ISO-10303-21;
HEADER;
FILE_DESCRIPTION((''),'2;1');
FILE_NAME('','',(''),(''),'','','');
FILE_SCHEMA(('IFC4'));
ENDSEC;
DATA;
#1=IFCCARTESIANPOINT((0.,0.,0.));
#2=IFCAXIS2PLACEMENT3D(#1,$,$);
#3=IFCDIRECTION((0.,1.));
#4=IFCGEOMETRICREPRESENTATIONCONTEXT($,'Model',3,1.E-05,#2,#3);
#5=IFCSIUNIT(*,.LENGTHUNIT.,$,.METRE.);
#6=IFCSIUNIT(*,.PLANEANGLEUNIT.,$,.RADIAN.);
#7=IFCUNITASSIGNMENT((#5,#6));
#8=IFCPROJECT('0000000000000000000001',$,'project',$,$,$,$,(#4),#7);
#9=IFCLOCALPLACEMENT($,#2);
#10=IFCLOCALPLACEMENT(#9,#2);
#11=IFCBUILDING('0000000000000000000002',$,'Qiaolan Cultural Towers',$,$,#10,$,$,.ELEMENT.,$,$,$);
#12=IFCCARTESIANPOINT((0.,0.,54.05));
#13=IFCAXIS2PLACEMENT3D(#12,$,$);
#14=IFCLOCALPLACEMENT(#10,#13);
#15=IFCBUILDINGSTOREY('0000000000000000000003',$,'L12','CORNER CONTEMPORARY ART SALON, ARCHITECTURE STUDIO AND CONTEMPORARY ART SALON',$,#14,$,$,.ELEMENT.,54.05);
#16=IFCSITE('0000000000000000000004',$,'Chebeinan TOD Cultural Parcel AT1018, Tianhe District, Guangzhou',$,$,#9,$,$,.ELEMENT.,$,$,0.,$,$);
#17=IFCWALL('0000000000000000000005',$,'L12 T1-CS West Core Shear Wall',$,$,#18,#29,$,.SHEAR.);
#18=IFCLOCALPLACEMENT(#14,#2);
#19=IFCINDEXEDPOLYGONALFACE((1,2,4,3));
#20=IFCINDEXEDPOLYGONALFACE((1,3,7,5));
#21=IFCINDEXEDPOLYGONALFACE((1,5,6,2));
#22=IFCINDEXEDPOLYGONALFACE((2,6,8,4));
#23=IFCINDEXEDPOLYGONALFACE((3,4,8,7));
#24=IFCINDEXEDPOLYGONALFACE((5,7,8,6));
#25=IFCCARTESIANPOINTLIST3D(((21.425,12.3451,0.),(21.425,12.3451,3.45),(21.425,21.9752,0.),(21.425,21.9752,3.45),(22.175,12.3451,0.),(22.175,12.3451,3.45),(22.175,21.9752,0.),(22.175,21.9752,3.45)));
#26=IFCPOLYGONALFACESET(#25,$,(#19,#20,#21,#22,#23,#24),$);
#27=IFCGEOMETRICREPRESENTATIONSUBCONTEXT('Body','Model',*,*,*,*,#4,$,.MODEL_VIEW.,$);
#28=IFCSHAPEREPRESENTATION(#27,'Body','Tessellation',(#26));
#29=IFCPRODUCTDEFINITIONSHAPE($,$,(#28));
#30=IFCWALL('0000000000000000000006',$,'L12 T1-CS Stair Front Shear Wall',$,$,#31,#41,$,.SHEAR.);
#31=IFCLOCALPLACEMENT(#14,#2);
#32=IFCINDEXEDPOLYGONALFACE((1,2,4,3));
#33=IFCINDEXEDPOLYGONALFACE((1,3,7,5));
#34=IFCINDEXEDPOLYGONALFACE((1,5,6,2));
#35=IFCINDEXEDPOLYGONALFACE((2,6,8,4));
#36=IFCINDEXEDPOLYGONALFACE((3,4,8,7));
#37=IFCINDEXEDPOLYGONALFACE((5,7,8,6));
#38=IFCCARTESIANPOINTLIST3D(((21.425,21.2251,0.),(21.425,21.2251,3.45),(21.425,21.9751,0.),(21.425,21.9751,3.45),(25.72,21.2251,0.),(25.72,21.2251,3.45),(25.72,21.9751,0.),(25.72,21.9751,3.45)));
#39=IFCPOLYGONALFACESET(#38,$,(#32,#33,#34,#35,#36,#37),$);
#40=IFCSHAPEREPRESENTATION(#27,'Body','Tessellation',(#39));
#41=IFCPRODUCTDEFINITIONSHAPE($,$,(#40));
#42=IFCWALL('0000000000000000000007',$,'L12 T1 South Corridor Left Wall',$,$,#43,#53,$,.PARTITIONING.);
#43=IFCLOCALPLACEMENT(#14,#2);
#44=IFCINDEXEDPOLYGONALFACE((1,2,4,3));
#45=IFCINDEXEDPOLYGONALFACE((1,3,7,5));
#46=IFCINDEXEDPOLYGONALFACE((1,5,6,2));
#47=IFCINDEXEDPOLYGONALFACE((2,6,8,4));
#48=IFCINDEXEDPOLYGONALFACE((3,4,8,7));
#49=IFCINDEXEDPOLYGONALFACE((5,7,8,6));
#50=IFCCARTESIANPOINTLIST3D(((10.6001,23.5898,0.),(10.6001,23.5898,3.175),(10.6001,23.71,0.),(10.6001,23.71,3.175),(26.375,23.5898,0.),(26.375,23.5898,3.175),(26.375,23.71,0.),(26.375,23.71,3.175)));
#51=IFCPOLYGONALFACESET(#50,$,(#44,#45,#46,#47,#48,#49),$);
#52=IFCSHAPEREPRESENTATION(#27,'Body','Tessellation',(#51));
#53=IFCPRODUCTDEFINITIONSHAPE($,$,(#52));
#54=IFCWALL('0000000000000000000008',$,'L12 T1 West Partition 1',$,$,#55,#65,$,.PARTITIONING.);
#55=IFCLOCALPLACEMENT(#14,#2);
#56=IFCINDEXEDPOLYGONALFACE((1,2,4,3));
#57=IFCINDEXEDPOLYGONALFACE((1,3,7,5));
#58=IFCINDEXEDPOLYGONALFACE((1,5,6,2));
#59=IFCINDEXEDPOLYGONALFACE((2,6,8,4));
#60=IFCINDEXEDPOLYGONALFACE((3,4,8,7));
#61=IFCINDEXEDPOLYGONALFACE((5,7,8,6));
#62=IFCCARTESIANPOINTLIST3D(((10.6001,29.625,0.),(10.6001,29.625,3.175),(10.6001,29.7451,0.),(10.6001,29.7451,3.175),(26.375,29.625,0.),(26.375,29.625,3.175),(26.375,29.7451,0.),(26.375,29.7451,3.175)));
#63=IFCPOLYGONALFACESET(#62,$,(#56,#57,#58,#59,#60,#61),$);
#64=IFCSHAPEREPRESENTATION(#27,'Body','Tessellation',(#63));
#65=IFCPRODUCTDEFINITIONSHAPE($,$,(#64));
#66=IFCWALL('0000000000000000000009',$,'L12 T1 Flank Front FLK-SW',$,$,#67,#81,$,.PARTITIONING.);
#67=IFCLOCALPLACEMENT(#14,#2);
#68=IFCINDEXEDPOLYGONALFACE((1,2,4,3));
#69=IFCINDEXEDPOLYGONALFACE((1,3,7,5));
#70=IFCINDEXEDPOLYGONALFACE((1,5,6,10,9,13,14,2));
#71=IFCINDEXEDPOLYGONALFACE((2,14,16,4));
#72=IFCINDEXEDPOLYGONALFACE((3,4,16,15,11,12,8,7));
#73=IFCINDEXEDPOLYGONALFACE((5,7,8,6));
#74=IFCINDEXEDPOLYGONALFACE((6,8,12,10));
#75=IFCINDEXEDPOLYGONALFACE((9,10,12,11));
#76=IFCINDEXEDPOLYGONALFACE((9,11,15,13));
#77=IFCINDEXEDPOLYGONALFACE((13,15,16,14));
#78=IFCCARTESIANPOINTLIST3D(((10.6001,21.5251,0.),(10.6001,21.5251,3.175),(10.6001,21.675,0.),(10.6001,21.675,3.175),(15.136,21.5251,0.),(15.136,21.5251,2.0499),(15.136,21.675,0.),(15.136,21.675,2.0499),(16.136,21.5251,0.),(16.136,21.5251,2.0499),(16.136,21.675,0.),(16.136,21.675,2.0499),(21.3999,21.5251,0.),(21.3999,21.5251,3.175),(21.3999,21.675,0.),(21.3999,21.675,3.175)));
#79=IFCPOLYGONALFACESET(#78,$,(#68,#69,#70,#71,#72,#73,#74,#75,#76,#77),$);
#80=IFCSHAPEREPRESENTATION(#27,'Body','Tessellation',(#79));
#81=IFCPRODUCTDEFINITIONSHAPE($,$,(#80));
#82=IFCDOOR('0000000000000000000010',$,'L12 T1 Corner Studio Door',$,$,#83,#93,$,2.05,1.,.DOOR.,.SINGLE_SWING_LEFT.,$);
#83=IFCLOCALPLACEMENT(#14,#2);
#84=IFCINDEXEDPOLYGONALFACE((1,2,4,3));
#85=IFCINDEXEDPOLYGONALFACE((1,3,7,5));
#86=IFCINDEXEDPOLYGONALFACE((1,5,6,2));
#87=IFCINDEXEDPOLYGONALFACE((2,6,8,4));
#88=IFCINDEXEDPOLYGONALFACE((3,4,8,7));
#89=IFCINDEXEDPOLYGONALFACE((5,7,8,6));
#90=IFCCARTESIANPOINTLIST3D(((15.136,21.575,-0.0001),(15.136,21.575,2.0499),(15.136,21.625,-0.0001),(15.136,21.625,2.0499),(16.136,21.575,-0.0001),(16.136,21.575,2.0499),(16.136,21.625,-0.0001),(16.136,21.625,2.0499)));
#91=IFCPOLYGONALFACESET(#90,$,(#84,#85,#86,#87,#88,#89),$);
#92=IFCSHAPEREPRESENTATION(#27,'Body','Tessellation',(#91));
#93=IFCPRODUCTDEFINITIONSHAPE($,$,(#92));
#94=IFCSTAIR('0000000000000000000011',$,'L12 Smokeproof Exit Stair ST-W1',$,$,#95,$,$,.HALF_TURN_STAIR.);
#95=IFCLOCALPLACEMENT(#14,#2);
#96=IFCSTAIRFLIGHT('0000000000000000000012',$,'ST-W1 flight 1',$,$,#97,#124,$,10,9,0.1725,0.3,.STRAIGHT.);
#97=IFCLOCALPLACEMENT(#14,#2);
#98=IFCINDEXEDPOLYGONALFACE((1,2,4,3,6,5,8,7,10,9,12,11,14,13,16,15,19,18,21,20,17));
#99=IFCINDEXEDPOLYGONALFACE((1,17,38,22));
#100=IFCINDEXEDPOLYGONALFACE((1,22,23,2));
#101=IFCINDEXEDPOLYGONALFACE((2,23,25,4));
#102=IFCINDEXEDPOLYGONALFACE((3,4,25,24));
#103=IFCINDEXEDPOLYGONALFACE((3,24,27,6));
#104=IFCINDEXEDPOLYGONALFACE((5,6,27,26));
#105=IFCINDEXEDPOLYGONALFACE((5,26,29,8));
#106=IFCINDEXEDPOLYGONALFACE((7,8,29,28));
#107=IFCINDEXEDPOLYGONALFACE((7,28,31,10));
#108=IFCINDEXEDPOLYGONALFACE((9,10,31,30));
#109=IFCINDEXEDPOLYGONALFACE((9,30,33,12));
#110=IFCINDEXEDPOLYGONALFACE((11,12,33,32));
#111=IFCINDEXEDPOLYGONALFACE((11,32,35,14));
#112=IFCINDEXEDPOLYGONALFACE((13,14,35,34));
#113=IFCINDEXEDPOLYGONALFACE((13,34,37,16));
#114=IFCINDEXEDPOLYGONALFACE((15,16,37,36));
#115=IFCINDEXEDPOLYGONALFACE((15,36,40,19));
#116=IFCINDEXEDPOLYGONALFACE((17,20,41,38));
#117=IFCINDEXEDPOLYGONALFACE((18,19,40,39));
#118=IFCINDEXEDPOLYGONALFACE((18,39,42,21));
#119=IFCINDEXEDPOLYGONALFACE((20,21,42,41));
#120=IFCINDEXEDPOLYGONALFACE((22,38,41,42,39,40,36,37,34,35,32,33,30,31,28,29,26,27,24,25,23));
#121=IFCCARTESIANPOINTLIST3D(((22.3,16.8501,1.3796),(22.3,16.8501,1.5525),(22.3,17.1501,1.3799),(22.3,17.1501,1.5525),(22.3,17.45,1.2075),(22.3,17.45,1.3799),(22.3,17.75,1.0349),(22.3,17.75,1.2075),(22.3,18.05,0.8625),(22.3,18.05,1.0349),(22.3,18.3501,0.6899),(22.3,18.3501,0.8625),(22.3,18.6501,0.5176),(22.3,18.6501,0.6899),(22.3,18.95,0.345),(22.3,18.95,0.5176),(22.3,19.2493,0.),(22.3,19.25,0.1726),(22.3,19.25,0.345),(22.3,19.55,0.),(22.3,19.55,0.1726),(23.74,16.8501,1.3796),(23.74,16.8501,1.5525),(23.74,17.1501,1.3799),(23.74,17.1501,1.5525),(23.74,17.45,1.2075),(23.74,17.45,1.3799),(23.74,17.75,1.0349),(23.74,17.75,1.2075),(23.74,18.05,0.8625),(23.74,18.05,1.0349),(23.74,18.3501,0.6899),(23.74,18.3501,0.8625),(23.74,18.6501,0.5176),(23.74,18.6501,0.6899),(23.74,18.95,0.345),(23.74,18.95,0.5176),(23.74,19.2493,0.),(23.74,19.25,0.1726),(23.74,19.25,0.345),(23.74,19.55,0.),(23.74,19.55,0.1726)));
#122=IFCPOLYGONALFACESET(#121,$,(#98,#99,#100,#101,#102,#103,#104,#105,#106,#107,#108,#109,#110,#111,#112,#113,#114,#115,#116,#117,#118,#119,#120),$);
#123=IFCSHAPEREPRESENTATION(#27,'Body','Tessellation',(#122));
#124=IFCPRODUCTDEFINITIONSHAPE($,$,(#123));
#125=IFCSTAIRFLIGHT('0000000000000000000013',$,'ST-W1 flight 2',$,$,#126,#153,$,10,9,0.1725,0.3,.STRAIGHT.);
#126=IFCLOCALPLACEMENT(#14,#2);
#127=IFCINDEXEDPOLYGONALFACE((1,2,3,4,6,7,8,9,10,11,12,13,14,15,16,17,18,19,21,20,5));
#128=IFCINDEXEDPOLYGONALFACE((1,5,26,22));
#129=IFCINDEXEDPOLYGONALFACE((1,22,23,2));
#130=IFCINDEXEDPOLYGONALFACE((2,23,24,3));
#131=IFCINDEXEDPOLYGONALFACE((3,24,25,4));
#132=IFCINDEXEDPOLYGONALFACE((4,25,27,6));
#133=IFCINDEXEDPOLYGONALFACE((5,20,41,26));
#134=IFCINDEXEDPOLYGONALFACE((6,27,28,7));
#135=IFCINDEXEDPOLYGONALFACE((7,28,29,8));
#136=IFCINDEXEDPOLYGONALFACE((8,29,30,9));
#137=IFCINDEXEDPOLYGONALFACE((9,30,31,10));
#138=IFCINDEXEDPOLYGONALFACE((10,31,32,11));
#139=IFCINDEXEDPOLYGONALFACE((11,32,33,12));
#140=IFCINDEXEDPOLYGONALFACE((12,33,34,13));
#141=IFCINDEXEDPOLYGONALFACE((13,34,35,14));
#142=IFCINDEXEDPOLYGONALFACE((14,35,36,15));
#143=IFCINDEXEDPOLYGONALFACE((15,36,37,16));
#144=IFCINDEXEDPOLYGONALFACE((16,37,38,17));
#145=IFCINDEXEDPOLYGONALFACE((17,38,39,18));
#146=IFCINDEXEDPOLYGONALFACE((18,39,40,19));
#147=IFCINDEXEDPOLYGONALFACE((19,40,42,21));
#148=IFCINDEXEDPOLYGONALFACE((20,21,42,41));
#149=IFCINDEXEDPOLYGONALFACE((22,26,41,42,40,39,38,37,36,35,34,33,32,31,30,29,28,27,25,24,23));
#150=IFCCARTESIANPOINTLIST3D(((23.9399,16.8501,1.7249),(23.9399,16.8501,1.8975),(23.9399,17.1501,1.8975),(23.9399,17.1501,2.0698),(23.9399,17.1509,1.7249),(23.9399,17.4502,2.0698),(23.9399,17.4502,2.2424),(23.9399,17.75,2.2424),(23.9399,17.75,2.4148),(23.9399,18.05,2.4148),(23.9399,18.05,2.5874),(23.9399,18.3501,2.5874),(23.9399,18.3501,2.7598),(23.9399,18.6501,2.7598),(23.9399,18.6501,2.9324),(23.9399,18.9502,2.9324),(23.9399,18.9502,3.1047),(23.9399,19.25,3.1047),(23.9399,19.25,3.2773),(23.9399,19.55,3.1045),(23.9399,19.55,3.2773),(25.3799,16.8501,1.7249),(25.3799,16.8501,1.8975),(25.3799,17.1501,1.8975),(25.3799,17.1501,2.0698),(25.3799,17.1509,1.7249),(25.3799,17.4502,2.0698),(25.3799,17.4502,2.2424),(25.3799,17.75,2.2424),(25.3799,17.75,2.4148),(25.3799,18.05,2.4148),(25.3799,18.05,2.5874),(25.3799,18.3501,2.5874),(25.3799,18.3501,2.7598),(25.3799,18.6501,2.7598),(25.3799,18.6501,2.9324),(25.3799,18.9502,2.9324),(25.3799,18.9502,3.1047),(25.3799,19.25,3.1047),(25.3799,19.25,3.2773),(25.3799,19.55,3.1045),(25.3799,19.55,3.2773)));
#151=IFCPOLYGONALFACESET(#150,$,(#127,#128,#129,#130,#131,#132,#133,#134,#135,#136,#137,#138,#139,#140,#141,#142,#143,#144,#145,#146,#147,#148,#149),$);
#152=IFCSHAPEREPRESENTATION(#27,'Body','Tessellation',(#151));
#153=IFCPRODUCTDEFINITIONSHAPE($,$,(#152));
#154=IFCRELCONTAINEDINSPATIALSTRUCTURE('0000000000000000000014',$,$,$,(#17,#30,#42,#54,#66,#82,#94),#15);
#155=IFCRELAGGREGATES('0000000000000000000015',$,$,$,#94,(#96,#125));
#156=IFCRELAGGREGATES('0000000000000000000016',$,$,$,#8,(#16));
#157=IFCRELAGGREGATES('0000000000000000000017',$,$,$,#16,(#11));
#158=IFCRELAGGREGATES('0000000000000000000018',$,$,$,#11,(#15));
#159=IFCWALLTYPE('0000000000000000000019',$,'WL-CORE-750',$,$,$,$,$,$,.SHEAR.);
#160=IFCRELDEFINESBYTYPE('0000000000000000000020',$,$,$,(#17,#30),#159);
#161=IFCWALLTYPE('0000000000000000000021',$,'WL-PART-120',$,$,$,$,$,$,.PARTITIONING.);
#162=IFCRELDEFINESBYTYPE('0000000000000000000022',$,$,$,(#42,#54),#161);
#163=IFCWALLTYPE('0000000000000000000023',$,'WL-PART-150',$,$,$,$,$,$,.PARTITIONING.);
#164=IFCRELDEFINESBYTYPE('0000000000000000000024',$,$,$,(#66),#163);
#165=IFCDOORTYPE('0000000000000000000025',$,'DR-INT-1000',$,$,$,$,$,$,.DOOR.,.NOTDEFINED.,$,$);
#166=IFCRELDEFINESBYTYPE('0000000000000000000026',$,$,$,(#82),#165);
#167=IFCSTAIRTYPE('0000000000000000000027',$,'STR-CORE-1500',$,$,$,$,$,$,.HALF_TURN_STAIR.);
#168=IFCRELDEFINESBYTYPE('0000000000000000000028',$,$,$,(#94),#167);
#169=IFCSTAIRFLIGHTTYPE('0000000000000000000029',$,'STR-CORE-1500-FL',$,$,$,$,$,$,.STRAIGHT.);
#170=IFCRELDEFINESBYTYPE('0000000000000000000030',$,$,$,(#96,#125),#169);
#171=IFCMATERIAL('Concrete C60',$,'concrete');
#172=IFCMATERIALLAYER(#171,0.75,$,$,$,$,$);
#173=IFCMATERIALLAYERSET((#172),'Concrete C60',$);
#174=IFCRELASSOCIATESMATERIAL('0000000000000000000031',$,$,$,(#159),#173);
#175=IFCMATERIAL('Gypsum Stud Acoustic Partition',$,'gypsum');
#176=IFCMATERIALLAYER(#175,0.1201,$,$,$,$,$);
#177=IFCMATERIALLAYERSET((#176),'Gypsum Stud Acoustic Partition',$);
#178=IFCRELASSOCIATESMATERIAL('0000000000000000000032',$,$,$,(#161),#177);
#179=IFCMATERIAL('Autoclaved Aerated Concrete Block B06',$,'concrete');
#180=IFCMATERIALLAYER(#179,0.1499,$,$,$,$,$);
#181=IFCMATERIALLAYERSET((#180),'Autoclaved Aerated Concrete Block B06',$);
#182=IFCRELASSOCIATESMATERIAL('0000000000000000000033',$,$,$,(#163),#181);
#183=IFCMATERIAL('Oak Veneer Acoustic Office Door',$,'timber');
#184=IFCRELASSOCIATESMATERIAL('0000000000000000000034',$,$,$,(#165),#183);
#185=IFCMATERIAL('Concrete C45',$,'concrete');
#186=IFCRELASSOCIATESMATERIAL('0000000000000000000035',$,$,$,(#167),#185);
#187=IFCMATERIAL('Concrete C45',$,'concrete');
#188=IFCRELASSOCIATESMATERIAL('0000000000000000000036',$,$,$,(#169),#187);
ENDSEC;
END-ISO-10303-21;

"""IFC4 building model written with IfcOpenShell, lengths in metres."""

from ifc_helpers import new_model, si_unit, direction, frame, frame_2d, origin, place, context, subcontext, project, spatial, polyline, rectangle, outline, extrude, material, layer, layer_set, type_object, element, fill, aggregate, save


model = new_model("IFC4")

# Units and contexts
model_context = context("Model", 3, precision=1e-05, world=origin(), true_north=direction((0.0, 1.0)))
body_context = subcontext(model_context, "Body", "Model", "MODEL_VIEW")
ifc_project = project(units=[si_unit("LENGTHUNIT", "METRE"), si_unit("PLANEANGLEUNIT", "RADIAN")], contexts=[model_context])

# Site, building, storey
site_placement = place(None, origin())
site = spatial("IfcSite", under=ifc_project, at=site_placement, Name="Chebeinan TOD Cultural Parcel AT1018, Tianhe District, Guangzhou", CompositionType="ELEMENT", RefElevation=0.0)
building_placement = place(site_placement, origin())
building = spatial("IfcBuilding", under=site, at=building_placement, Name="Qiaolan Cultural Towers", CompositionType="ELEMENT")
storey_placement = place(building_placement, frame((0.0, 0.0, 54.05)))
storey = spatial("IfcBuildingStorey", under=building, at=storey_placement, Name="L12", Description="CORNER CONTEMPORARY ART SALON, ARCHITECTURE STUDIO AND CONTEMPORARY ART SALON", CompositionType="ELEMENT", Elevation=54.05)

# Walls
ifc_material_1 = material(Name="Concrete C60", Category="concrete")
ifc_layer_1 = layer(ifc_material_1, 0.75)
ifc_layer_set_1 = layer_set([ifc_layer_1], Name="Concrete C60")
wall_type_1 = type_object("IfcWallType", Name="WL-CORE-750", PredefinedType="SHEAR", material=ifc_layer_set_1)
wall_1_placement = place(storey_placement, frame((21.8, 21.9751, 0.0), z_axis=(0.0, 0.0, 1.0), x_axis=(0.0, -1.0, 0.0)))
element("IfcWall", 1, at=wall_1_placement, inside=storey, type_object=wall_type_1, Name="L12 T1-CS West Core Shear Wall", PredefinedType="SHEAR", context=body_context, shape_type="SweptSolid", body=[
    extrude(rectangle(XDim=9.6301, YDim=0.75, at=frame_2d((4.8149, 0.0))), origin(), (0.0, 0.0, 1.0), 3.45),
])
wall_2_placement = place(storey_placement, frame((21.425, 21.6001, 0.0), z_axis=(0.0, 0.0, 1.0), x_axis=(1.0, 0.0, 0.0)))
element("IfcWall", 2, at=wall_2_placement, inside=storey, type_object=wall_type_1, Name="L12 T1-CS Stair Front Shear Wall", PredefinedType="SHEAR", context=body_context, shape_type="SweptSolid", body=[
    extrude(rectangle(XDim=4.2949, YDim=0.75, at=frame_2d((2.1475, 0.0))), origin(), (0.0, 0.0, 1.0), 3.45),
])
ifc_material_2 = material(Name="Gypsum Stud Acoustic Partition", Category="gypsum")
ifc_layer_2 = layer(ifc_material_2, 0.1201)
ifc_layer_set_2 = layer_set([ifc_layer_2], Name="Gypsum Stud Acoustic Partition")
wall_type_2 = type_object("IfcWallType", Name="WL-PART-120", PredefinedType="PARTITIONING", material=ifc_layer_set_2)
for number, where, z_axis, x_axis, name in (
    (3, (10.6001, 23.6499, 0.0), (0.0, 0.0, 1.0), (1.0, 0.0, 0.0), "L12 T1 South Corridor Left Wall"),
    (4, (10.6001, 29.6851, 0.0), (0.0, 0.0, 1.0), (1.0, 0.0, 0.0), "L12 T1 West Partition 1"),
):
    element("IfcWall", number, at=place(storey_placement, frame(where, z_axis=z_axis, x_axis=x_axis)), inside=storey, type_object=wall_type_2, Name=name, PredefinedType="PARTITIONING", context=body_context, shape_type="SweptSolid", body=[
        extrude(rectangle(XDim=15.7749, YDim=0.1201, at=frame_2d((7.8875, 0.0))), origin(), (0.0, 0.0, 1.0), 3.175),
    ])

# Wall, opening, door
ifc_material_3 = material(Name="Autoclaved Aerated Concrete Block B06", Category="concrete")
ifc_layer_3 = layer(ifc_material_3, 0.1499)
ifc_layer_set_3 = layer_set([ifc_layer_3], Name="Autoclaved Aerated Concrete Block B06")
wall_type_3 = type_object("IfcWallType", Name="WL-PART-150", PredefinedType="PARTITIONING", material=ifc_layer_set_3)
wall_3_placement = place(storey_placement, frame((10.6001, 21.6001, 0.0), z_axis=(0.0, 0.0, 1.0), x_axis=(1.0, 0.0, 0.0)))
wall_3 = element("IfcWall", 5, at=wall_3_placement, inside=storey, type_object=wall_type_3, Name="L12 T1 Flank Front FLK-SW", PredefinedType="PARTITIONING", context=body_context, shape_type="SweptSolid", body=[
    extrude(rectangle(XDim=10.7998, YDim=0.1499, at=frame_2d((5.3999, 0.0))), origin(), (0.0, 0.0, 1.0), 3.175),
])
opening_placement = place(wall_3_placement, frame((4.5359, 0.0, 0.0)))
opening = element("IfcOpeningElement", 6, at=opening_placement, cuts=wall_3, PredefinedType="OPENING", context=body_context, shape_type="SweptSolid", body=[
    extrude(rectangle(XDim=1.0, YDim=2.05, at=frame_2d((0.5, 1.0249))), frame((0.0, 0.085, 0.0), z_axis=(0.0, -1.0, 0.0), x_axis=(1.0, 0.0, 0.0)), (0.0, 0.0, 1.0), 0.1699),
])
ifc_material_4 = material(Name="Oak Veneer Acoustic Office Door", Category="timber")
door_type = type_object("IfcDoorType", Name="DR-INT-1000", OperationType="NOTDEFINED", PredefinedType="DOOR", material=ifc_material_4)
door_placement = place(opening_placement, origin())
door = element("IfcDoor", 7, at=door_placement, inside=storey, type_object=door_type, Name="L12 T1 Corner Studio Door", OperationType="SINGLE_SWING_LEFT", OverallHeight=2.05, OverallWidth=1.0, PredefinedType="DOOR", context=body_context, shape_type="SweptSolid", body=[
    extrude(rectangle(XDim=1.0, YDim=2.05, at=frame_2d((0.5, 1.0249))), frame((0.0, 0.0249, 0.0), z_axis=(0.0, -1.0, 0.0), x_axis=(1.0, 0.0, 0.0)), (0.0, 0.0, 1.0), 0.05),
])
fill(opening, door)

# Stair, stair flights
ifc_material_5 = material(Name="Concrete C45", Category="concrete")
stair_type = type_object("IfcStairType", Name="STR-CORE-1500", PredefinedType="HALF_TURN_STAIR", material=ifc_material_5)
stair_placement = place(storey_placement, origin())
stair = element("IfcStair", 8, at=stair_placement, inside=storey, type_object=stair_type, Name="L12 Smokeproof Exit Stair ST-W1", PredefinedType="HALF_TURN_STAIR")
ifc_material_6 = material(Name="Concrete C45", Category="concrete")
stair_flight_type = type_object("IfcStairFlightType", Name="STR-CORE-1500-FL", PredefinedType="STRAIGHT", material=ifc_material_6)
stair_flight_1_placement = place(storey_placement, frame((23.02, 19.55, 0.0), z_axis=(0.0, 0.0, 1.0), x_axis=(0.0, -1.0, 0.0)))
stair_flight_1 = element("IfcStairFlight", 9, at=stair_flight_1_placement, type_object=stair_flight_type, Name="ST-W1 flight 1", NumberOfRisers=10, NumberOfTreads=9, PredefinedType="STRAIGHT", RiserHeight=0.1725, TreadLength=0.3, context=body_context, shape_type="SweptSolid", body=[
    extrude(outline(polyline([(0.0, 0.0), (0.0, 0.1726), (0.3, 0.1726), (0.3, 0.345), (0.6001, 0.345), (0.6001, 0.5176), (0.8999, 0.5176), (0.8999, 0.6899), (1.2, 0.6899), (1.2, 0.8625), (1.5, 0.8625), (1.5, 1.0349), (1.8, 1.0349), (1.8, 1.2075), (2.1001, 1.2075), (2.1001, 1.3799), (2.3999, 1.3799), (2.3999, 1.5525), (2.7, 1.5525), (2.7, 1.7251), (2.7, 1.3796), (0.3008, 0.0), (0.0, 0.0)])), frame((0.0, 0.72, 0.0), z_axis=(0.0, -1.0, 0.0), x_axis=(1.0, 0.0, 0.0)), (0.0, 0.0, 1.0), 1.4399),
])
stair_flight_2_placement = place(storey_placement, frame((24.6599, 16.8501, 1.7249), z_axis=(0.0, 0.0, 1.0), x_axis=(0.0, 1.0, 0.0)))
stair_flight_2 = element("IfcStairFlight", 10, at=stair_flight_2_placement, type_object=stair_flight_type, Name="ST-W1 flight 2", NumberOfRisers=10, NumberOfTreads=9, PredefinedType="STRAIGHT", RiserHeight=0.1725, TreadLength=0.3, context=body_context, shape_type="SweptSolid", body=[
    extrude(outline(polyline([(0.0, 0.0), (0.0, 0.1726), (0.3, 0.1726), (0.3, 0.345), (0.6001, 0.345), (0.6001, 0.5176), (0.8999, 0.5176), (0.8999, 0.6899), (1.2, 0.6899), (1.2, 0.8625), (1.5, 0.8625), (1.5, 1.0349), (1.8, 1.0349), (1.8, 1.2075), (2.1001, 1.2075), (2.1001, 1.3799), (2.3999, 1.3799), (2.3999, 1.5525), (2.7, 1.5525), (2.7, 1.7251), (2.7, 1.3796), (0.3008, 0.0), (0.0, 0.0)])), frame((0.0, 0.72, 0.0), z_axis=(0.0, -1.0, 0.0), x_axis=(1.0, 0.0, 0.0)), (0.0, 0.0, 1.0), 1.4399),
])
aggregate(stair, [stair_flight_1, stair_flight_2])

save(model, "model.ifc")
